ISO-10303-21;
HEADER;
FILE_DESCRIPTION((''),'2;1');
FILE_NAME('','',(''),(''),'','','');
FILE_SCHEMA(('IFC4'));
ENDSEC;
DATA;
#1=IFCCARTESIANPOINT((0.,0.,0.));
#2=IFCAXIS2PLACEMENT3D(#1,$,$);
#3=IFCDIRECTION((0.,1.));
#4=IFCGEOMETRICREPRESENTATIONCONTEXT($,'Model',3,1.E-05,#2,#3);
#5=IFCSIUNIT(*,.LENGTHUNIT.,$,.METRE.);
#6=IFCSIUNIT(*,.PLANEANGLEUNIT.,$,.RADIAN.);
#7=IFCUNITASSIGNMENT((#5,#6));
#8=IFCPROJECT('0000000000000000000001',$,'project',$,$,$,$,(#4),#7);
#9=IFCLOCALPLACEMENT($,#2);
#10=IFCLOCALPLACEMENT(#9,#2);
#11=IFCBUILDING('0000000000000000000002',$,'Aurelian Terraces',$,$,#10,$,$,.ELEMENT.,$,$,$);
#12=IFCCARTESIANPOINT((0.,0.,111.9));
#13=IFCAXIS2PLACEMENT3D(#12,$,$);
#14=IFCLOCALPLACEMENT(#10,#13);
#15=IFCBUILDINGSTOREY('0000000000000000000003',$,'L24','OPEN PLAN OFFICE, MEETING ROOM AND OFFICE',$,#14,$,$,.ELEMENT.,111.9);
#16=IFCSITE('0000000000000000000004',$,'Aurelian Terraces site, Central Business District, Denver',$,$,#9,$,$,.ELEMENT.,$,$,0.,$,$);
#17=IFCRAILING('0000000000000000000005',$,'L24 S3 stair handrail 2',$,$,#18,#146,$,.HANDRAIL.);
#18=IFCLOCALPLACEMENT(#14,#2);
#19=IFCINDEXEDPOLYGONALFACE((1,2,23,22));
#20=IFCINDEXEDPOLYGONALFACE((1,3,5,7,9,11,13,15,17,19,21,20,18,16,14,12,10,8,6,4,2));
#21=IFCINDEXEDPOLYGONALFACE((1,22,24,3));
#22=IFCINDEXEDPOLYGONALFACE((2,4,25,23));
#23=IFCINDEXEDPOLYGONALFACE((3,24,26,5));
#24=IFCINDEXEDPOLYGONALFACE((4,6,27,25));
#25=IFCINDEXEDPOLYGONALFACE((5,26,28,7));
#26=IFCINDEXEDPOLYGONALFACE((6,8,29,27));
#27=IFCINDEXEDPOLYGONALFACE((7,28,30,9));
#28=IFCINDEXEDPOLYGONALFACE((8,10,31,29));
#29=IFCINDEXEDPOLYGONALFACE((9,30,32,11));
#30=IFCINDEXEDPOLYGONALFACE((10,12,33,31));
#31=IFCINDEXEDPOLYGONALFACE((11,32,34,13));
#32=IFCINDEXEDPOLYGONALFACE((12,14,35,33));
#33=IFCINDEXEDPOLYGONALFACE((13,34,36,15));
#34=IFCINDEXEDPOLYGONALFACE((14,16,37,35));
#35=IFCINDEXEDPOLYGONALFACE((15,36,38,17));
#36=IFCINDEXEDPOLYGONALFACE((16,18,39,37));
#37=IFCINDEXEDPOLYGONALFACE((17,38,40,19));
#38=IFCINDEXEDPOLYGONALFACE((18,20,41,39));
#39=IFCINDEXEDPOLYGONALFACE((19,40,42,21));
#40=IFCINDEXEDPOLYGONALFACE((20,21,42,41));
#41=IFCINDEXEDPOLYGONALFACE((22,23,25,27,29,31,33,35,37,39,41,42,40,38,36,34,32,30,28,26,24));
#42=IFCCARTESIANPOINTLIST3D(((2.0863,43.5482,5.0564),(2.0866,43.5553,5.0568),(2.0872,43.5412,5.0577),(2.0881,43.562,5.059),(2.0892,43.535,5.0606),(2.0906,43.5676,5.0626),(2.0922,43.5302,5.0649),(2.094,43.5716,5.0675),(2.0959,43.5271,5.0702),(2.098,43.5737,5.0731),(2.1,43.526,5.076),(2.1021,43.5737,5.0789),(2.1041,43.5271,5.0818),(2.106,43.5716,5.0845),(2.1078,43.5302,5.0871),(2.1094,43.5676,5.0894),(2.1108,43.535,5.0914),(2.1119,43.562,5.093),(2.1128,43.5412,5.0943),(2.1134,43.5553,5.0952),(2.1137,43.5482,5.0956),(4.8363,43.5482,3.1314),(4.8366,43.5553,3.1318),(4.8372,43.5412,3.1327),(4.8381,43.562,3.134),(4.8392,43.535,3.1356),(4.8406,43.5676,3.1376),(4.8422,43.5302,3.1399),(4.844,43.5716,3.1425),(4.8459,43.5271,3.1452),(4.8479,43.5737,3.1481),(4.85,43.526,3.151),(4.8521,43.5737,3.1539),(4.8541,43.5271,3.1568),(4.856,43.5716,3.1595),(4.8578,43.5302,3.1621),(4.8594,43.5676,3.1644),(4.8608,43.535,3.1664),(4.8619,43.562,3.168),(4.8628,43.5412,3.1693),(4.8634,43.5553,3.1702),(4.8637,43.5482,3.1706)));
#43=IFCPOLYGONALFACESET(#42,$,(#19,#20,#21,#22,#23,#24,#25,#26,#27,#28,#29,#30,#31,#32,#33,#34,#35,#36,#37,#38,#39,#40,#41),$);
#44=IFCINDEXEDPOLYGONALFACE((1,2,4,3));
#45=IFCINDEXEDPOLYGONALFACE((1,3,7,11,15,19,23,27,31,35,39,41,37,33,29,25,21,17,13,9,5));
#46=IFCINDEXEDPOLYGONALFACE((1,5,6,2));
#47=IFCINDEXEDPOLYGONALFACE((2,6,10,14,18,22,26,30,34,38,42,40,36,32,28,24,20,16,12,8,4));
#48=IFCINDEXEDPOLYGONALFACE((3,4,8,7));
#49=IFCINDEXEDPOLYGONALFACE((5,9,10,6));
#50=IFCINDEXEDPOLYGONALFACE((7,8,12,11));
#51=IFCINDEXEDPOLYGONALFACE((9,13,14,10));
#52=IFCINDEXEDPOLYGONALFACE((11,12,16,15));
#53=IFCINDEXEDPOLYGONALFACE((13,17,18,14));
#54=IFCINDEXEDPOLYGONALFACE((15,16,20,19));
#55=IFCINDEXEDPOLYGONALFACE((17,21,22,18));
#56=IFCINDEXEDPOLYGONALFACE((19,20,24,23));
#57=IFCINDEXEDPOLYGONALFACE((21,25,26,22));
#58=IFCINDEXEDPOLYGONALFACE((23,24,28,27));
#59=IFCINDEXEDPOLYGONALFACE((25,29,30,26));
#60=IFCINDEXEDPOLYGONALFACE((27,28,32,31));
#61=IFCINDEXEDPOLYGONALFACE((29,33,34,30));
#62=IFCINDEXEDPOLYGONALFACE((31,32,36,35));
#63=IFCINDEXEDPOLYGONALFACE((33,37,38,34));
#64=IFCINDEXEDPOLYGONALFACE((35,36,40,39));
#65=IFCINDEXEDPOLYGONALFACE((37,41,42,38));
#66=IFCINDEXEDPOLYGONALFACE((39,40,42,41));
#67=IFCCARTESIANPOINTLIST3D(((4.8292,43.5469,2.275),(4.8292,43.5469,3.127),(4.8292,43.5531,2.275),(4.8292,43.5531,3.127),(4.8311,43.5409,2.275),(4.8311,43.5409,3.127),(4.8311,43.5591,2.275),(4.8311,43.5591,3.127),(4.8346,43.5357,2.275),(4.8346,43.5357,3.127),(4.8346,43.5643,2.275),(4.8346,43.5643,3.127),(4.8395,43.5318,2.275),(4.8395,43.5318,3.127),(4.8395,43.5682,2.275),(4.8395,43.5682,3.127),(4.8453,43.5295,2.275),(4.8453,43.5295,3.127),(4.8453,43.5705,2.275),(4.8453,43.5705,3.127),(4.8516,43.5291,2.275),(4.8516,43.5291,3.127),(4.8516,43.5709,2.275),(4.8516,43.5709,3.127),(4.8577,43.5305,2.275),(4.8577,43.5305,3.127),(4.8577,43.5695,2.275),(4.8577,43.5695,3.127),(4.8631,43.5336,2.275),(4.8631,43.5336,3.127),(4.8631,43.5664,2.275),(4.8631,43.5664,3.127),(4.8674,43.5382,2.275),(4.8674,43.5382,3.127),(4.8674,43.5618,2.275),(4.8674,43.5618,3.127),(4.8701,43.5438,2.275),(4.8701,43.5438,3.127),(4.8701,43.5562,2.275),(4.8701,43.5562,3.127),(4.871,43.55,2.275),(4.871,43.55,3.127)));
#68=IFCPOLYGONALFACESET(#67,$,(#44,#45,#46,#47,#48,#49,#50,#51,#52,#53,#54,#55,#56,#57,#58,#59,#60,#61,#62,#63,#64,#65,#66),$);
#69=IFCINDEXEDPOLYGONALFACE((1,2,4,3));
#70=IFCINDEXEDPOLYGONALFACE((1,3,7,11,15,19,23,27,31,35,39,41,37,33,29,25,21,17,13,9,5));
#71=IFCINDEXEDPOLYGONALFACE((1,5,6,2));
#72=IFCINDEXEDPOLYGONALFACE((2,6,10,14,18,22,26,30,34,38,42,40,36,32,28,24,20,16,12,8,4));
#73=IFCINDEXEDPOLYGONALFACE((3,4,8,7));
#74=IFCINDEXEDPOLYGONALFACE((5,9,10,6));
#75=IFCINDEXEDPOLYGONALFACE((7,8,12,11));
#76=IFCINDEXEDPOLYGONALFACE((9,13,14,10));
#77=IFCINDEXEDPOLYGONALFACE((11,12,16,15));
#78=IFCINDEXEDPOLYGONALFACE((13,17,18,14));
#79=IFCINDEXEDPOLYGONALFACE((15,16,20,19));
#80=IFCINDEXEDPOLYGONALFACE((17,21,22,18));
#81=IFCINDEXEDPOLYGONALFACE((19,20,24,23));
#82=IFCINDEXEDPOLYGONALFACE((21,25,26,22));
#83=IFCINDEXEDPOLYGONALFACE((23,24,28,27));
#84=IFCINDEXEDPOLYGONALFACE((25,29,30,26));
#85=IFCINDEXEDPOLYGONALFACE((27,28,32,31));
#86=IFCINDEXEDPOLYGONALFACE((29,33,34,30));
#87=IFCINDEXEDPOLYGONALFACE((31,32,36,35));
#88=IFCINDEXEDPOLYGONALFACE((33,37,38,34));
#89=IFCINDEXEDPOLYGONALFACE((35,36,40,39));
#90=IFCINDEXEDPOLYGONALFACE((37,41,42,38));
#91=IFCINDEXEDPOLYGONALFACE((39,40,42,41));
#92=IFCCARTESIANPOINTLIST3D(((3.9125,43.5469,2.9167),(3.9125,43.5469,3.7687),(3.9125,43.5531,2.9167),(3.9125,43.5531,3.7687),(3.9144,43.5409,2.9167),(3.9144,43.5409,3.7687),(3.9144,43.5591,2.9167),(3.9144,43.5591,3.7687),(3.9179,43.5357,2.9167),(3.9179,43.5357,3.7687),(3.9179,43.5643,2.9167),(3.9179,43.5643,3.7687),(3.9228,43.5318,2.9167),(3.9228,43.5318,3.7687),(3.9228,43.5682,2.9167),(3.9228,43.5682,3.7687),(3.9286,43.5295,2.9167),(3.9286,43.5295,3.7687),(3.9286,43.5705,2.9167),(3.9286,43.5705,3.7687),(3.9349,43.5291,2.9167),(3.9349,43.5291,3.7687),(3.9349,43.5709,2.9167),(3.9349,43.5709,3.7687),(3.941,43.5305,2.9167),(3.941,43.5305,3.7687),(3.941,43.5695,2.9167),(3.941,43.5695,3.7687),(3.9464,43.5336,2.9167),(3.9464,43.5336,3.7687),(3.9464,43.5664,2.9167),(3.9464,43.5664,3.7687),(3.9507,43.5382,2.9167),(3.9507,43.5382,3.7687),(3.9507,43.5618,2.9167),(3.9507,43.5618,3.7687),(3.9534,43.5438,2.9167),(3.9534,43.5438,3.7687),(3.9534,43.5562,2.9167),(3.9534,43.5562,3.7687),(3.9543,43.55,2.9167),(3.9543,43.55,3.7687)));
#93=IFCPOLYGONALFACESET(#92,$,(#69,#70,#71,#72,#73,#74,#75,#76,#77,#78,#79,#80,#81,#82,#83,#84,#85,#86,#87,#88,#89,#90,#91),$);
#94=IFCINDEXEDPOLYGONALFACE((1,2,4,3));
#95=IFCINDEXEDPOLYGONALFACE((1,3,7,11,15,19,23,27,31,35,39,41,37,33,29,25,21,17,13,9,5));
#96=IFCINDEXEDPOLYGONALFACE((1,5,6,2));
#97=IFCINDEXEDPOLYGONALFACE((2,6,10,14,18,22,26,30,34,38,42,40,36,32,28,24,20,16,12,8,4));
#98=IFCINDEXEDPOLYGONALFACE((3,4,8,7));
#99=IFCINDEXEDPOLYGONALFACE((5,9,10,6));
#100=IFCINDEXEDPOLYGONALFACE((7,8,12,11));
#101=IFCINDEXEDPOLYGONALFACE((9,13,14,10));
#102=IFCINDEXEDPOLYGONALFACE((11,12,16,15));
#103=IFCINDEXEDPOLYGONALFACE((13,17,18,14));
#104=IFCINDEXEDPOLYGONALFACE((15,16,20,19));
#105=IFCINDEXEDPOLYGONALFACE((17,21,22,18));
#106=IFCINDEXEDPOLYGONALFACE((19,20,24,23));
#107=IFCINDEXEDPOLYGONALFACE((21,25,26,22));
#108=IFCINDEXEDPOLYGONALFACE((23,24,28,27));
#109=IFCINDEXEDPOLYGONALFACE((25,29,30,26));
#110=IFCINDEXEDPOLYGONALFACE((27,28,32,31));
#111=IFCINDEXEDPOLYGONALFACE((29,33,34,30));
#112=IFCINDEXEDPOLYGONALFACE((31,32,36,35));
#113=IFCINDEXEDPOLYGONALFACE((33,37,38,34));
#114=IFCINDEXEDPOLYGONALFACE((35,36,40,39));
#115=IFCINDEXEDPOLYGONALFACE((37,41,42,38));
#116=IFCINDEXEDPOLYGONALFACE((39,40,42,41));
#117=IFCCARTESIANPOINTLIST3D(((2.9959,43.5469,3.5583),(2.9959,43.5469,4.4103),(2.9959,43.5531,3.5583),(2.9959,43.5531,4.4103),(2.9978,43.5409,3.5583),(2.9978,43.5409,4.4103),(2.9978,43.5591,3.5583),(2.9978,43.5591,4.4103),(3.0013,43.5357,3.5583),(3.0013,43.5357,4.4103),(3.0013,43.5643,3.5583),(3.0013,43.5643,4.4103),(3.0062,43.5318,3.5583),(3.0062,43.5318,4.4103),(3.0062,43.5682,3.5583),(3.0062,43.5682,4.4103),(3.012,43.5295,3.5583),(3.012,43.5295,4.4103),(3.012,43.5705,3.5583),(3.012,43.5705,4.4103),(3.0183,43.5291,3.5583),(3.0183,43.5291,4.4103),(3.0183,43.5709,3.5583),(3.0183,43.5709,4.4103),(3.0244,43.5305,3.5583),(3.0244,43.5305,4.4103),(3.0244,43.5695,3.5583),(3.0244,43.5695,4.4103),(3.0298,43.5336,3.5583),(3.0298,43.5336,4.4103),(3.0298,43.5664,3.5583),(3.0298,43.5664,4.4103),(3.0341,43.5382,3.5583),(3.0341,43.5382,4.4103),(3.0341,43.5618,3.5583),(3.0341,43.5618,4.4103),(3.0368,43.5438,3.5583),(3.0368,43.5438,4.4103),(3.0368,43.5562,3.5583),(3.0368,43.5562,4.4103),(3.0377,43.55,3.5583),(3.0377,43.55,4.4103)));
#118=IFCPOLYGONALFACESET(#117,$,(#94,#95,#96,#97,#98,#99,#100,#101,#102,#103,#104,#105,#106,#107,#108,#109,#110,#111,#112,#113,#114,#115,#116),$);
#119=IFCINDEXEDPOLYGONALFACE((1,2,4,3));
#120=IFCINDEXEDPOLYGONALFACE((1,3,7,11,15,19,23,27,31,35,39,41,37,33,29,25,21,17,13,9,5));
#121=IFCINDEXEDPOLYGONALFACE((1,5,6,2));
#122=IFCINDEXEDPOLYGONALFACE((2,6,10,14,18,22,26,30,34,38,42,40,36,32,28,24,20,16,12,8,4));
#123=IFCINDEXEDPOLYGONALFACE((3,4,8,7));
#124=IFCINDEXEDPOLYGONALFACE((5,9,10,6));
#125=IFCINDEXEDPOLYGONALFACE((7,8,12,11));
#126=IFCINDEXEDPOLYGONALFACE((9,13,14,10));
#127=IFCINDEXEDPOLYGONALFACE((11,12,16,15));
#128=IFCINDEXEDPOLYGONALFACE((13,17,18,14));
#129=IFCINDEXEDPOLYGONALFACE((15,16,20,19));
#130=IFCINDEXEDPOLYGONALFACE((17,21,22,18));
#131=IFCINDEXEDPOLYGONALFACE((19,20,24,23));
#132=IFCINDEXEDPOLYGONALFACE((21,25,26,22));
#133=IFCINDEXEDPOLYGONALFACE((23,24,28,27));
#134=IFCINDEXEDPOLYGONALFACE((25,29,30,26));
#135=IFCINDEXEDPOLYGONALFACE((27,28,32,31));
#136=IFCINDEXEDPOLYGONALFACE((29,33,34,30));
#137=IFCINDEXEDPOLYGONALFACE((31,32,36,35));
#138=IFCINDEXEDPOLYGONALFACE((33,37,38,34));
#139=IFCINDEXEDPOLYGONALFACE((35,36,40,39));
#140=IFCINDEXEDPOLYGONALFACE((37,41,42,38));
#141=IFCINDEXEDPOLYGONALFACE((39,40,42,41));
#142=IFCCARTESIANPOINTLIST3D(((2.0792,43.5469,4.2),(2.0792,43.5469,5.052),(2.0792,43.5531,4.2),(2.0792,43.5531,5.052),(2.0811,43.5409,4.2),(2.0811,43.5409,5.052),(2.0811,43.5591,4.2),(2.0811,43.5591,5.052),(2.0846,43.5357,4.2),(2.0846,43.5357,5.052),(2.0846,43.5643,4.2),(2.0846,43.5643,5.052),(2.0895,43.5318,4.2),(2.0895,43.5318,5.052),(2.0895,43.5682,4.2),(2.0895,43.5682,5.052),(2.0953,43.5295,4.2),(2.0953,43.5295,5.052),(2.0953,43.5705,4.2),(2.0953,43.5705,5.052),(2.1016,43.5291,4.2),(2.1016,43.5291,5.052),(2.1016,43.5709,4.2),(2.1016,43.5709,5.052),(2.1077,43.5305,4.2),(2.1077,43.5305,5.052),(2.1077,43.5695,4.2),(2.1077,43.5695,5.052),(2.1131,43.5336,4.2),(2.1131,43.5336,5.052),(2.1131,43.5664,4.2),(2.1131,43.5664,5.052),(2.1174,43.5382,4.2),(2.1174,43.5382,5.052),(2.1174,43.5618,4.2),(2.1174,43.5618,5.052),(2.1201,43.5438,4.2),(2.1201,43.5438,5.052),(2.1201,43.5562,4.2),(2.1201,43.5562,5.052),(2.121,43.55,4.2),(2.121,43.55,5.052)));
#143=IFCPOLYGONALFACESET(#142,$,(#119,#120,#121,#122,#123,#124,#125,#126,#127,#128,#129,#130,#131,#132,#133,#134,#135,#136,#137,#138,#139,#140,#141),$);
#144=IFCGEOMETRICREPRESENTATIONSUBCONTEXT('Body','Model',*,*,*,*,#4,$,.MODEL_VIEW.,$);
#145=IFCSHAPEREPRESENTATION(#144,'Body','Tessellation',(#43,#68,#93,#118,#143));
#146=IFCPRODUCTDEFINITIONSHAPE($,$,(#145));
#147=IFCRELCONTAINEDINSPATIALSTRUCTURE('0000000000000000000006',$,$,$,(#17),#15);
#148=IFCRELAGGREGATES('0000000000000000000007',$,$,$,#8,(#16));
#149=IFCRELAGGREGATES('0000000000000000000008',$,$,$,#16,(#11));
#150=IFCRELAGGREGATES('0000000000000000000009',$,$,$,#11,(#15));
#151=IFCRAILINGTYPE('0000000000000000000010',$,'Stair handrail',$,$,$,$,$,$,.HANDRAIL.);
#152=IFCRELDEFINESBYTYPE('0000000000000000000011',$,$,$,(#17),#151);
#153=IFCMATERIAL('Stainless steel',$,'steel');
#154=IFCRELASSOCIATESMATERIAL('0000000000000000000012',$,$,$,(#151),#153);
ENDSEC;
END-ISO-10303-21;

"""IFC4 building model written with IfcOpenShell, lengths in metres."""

from ifc_helpers import new_model, si_unit, direction, frame, origin, origin_2d, place, context, subcontext, project, spatial, circle, extrude, source, transform, mapped, material, type_object, element, save


model = new_model("IFC4")

# Units and contexts
model_context = context("Model", 3, precision=1e-05, world=origin(), true_north=direction((0.0, 1.0)))
body_context = subcontext(model_context, "Body", "Model", "MODEL_VIEW")
ifc_project = project(units=[si_unit("LENGTHUNIT", "METRE"), si_unit("PLANEANGLEUNIT", "RADIAN")], contexts=[model_context])

# Site, building, storey
site_placement = place(None, origin())
site = spatial("IfcSite", under=ifc_project, at=site_placement, Name="Aurelian Terraces site, Central Business District, Denver", CompositionType="ELEMENT", RefElevation=0.0)
building_placement = place(site_placement, origin())
building = spatial("IfcBuilding", under=site, at=building_placement, Name="Aurelian Terraces", CompositionType="ELEMENT")
storey_placement = place(building_placement, frame((0.0, 0.0, 111.9)))
storey = spatial("IfcBuildingStorey", under=building, at=storey_placement, Name="L24", Description="OPEN PLAN OFFICE, MEETING ROOM AND OFFICE", CompositionType="ELEMENT", Elevation=111.9)

# Railing
ifc_material_1 = material(Name="Stainless steel", Category="steel")
railing_type_1 = type_object("IfcRailingType", Name="Stair handrail", PredefinedType="HANDRAIL", material=ifc_material_1)
shared_shape_1 = source(origin(), body_context, "Body", "SweptSolid", [
    extrude(circle(Radius=0.024, at=origin_2d()), frame((0.0, 0.0, 0.876), z_axis=(-0.819232, 0.0, 0.573462), x_axis=(0.0, -1.0, 0.0)), (0.0, 0.0, 1.0), 3.3568),
    extrude(circle(Radius=0.021, at=origin_2d()), origin(), (0.0, 0.0, 1.0), 0.852),
    extrude(circle(Radius=0.021, at=origin_2d()), frame((-0.9167, 0.0, 0.6417)), (0.0, 0.0, 1.0), 0.852),
    extrude(circle(Radius=0.021, at=origin_2d()), frame((-1.8333, 0.0, 1.2833)), (0.0, 0.0, 1.0), 0.852),
    extrude(circle(Radius=0.021, at=origin_2d()), frame((-2.75, 0.0, 1.925)), (0.0, 0.0, 1.0), 0.852),
])
railing_1_placement = place(storey_placement, frame((4.85, 43.55, 2.275)))
element("IfcRailing", 1, at=railing_1_placement, inside=storey, type_object=railing_type_1, Name="L24 S3 stair handrail 2", PredefinedType="HANDRAIL", context=body_context, shape_type="MappedRepresentation", body=[
    mapped(shared_shape_1, transform((0.0, 0.0, 0.0), scale=1.0)),
])

save(model, "model.ifc")
